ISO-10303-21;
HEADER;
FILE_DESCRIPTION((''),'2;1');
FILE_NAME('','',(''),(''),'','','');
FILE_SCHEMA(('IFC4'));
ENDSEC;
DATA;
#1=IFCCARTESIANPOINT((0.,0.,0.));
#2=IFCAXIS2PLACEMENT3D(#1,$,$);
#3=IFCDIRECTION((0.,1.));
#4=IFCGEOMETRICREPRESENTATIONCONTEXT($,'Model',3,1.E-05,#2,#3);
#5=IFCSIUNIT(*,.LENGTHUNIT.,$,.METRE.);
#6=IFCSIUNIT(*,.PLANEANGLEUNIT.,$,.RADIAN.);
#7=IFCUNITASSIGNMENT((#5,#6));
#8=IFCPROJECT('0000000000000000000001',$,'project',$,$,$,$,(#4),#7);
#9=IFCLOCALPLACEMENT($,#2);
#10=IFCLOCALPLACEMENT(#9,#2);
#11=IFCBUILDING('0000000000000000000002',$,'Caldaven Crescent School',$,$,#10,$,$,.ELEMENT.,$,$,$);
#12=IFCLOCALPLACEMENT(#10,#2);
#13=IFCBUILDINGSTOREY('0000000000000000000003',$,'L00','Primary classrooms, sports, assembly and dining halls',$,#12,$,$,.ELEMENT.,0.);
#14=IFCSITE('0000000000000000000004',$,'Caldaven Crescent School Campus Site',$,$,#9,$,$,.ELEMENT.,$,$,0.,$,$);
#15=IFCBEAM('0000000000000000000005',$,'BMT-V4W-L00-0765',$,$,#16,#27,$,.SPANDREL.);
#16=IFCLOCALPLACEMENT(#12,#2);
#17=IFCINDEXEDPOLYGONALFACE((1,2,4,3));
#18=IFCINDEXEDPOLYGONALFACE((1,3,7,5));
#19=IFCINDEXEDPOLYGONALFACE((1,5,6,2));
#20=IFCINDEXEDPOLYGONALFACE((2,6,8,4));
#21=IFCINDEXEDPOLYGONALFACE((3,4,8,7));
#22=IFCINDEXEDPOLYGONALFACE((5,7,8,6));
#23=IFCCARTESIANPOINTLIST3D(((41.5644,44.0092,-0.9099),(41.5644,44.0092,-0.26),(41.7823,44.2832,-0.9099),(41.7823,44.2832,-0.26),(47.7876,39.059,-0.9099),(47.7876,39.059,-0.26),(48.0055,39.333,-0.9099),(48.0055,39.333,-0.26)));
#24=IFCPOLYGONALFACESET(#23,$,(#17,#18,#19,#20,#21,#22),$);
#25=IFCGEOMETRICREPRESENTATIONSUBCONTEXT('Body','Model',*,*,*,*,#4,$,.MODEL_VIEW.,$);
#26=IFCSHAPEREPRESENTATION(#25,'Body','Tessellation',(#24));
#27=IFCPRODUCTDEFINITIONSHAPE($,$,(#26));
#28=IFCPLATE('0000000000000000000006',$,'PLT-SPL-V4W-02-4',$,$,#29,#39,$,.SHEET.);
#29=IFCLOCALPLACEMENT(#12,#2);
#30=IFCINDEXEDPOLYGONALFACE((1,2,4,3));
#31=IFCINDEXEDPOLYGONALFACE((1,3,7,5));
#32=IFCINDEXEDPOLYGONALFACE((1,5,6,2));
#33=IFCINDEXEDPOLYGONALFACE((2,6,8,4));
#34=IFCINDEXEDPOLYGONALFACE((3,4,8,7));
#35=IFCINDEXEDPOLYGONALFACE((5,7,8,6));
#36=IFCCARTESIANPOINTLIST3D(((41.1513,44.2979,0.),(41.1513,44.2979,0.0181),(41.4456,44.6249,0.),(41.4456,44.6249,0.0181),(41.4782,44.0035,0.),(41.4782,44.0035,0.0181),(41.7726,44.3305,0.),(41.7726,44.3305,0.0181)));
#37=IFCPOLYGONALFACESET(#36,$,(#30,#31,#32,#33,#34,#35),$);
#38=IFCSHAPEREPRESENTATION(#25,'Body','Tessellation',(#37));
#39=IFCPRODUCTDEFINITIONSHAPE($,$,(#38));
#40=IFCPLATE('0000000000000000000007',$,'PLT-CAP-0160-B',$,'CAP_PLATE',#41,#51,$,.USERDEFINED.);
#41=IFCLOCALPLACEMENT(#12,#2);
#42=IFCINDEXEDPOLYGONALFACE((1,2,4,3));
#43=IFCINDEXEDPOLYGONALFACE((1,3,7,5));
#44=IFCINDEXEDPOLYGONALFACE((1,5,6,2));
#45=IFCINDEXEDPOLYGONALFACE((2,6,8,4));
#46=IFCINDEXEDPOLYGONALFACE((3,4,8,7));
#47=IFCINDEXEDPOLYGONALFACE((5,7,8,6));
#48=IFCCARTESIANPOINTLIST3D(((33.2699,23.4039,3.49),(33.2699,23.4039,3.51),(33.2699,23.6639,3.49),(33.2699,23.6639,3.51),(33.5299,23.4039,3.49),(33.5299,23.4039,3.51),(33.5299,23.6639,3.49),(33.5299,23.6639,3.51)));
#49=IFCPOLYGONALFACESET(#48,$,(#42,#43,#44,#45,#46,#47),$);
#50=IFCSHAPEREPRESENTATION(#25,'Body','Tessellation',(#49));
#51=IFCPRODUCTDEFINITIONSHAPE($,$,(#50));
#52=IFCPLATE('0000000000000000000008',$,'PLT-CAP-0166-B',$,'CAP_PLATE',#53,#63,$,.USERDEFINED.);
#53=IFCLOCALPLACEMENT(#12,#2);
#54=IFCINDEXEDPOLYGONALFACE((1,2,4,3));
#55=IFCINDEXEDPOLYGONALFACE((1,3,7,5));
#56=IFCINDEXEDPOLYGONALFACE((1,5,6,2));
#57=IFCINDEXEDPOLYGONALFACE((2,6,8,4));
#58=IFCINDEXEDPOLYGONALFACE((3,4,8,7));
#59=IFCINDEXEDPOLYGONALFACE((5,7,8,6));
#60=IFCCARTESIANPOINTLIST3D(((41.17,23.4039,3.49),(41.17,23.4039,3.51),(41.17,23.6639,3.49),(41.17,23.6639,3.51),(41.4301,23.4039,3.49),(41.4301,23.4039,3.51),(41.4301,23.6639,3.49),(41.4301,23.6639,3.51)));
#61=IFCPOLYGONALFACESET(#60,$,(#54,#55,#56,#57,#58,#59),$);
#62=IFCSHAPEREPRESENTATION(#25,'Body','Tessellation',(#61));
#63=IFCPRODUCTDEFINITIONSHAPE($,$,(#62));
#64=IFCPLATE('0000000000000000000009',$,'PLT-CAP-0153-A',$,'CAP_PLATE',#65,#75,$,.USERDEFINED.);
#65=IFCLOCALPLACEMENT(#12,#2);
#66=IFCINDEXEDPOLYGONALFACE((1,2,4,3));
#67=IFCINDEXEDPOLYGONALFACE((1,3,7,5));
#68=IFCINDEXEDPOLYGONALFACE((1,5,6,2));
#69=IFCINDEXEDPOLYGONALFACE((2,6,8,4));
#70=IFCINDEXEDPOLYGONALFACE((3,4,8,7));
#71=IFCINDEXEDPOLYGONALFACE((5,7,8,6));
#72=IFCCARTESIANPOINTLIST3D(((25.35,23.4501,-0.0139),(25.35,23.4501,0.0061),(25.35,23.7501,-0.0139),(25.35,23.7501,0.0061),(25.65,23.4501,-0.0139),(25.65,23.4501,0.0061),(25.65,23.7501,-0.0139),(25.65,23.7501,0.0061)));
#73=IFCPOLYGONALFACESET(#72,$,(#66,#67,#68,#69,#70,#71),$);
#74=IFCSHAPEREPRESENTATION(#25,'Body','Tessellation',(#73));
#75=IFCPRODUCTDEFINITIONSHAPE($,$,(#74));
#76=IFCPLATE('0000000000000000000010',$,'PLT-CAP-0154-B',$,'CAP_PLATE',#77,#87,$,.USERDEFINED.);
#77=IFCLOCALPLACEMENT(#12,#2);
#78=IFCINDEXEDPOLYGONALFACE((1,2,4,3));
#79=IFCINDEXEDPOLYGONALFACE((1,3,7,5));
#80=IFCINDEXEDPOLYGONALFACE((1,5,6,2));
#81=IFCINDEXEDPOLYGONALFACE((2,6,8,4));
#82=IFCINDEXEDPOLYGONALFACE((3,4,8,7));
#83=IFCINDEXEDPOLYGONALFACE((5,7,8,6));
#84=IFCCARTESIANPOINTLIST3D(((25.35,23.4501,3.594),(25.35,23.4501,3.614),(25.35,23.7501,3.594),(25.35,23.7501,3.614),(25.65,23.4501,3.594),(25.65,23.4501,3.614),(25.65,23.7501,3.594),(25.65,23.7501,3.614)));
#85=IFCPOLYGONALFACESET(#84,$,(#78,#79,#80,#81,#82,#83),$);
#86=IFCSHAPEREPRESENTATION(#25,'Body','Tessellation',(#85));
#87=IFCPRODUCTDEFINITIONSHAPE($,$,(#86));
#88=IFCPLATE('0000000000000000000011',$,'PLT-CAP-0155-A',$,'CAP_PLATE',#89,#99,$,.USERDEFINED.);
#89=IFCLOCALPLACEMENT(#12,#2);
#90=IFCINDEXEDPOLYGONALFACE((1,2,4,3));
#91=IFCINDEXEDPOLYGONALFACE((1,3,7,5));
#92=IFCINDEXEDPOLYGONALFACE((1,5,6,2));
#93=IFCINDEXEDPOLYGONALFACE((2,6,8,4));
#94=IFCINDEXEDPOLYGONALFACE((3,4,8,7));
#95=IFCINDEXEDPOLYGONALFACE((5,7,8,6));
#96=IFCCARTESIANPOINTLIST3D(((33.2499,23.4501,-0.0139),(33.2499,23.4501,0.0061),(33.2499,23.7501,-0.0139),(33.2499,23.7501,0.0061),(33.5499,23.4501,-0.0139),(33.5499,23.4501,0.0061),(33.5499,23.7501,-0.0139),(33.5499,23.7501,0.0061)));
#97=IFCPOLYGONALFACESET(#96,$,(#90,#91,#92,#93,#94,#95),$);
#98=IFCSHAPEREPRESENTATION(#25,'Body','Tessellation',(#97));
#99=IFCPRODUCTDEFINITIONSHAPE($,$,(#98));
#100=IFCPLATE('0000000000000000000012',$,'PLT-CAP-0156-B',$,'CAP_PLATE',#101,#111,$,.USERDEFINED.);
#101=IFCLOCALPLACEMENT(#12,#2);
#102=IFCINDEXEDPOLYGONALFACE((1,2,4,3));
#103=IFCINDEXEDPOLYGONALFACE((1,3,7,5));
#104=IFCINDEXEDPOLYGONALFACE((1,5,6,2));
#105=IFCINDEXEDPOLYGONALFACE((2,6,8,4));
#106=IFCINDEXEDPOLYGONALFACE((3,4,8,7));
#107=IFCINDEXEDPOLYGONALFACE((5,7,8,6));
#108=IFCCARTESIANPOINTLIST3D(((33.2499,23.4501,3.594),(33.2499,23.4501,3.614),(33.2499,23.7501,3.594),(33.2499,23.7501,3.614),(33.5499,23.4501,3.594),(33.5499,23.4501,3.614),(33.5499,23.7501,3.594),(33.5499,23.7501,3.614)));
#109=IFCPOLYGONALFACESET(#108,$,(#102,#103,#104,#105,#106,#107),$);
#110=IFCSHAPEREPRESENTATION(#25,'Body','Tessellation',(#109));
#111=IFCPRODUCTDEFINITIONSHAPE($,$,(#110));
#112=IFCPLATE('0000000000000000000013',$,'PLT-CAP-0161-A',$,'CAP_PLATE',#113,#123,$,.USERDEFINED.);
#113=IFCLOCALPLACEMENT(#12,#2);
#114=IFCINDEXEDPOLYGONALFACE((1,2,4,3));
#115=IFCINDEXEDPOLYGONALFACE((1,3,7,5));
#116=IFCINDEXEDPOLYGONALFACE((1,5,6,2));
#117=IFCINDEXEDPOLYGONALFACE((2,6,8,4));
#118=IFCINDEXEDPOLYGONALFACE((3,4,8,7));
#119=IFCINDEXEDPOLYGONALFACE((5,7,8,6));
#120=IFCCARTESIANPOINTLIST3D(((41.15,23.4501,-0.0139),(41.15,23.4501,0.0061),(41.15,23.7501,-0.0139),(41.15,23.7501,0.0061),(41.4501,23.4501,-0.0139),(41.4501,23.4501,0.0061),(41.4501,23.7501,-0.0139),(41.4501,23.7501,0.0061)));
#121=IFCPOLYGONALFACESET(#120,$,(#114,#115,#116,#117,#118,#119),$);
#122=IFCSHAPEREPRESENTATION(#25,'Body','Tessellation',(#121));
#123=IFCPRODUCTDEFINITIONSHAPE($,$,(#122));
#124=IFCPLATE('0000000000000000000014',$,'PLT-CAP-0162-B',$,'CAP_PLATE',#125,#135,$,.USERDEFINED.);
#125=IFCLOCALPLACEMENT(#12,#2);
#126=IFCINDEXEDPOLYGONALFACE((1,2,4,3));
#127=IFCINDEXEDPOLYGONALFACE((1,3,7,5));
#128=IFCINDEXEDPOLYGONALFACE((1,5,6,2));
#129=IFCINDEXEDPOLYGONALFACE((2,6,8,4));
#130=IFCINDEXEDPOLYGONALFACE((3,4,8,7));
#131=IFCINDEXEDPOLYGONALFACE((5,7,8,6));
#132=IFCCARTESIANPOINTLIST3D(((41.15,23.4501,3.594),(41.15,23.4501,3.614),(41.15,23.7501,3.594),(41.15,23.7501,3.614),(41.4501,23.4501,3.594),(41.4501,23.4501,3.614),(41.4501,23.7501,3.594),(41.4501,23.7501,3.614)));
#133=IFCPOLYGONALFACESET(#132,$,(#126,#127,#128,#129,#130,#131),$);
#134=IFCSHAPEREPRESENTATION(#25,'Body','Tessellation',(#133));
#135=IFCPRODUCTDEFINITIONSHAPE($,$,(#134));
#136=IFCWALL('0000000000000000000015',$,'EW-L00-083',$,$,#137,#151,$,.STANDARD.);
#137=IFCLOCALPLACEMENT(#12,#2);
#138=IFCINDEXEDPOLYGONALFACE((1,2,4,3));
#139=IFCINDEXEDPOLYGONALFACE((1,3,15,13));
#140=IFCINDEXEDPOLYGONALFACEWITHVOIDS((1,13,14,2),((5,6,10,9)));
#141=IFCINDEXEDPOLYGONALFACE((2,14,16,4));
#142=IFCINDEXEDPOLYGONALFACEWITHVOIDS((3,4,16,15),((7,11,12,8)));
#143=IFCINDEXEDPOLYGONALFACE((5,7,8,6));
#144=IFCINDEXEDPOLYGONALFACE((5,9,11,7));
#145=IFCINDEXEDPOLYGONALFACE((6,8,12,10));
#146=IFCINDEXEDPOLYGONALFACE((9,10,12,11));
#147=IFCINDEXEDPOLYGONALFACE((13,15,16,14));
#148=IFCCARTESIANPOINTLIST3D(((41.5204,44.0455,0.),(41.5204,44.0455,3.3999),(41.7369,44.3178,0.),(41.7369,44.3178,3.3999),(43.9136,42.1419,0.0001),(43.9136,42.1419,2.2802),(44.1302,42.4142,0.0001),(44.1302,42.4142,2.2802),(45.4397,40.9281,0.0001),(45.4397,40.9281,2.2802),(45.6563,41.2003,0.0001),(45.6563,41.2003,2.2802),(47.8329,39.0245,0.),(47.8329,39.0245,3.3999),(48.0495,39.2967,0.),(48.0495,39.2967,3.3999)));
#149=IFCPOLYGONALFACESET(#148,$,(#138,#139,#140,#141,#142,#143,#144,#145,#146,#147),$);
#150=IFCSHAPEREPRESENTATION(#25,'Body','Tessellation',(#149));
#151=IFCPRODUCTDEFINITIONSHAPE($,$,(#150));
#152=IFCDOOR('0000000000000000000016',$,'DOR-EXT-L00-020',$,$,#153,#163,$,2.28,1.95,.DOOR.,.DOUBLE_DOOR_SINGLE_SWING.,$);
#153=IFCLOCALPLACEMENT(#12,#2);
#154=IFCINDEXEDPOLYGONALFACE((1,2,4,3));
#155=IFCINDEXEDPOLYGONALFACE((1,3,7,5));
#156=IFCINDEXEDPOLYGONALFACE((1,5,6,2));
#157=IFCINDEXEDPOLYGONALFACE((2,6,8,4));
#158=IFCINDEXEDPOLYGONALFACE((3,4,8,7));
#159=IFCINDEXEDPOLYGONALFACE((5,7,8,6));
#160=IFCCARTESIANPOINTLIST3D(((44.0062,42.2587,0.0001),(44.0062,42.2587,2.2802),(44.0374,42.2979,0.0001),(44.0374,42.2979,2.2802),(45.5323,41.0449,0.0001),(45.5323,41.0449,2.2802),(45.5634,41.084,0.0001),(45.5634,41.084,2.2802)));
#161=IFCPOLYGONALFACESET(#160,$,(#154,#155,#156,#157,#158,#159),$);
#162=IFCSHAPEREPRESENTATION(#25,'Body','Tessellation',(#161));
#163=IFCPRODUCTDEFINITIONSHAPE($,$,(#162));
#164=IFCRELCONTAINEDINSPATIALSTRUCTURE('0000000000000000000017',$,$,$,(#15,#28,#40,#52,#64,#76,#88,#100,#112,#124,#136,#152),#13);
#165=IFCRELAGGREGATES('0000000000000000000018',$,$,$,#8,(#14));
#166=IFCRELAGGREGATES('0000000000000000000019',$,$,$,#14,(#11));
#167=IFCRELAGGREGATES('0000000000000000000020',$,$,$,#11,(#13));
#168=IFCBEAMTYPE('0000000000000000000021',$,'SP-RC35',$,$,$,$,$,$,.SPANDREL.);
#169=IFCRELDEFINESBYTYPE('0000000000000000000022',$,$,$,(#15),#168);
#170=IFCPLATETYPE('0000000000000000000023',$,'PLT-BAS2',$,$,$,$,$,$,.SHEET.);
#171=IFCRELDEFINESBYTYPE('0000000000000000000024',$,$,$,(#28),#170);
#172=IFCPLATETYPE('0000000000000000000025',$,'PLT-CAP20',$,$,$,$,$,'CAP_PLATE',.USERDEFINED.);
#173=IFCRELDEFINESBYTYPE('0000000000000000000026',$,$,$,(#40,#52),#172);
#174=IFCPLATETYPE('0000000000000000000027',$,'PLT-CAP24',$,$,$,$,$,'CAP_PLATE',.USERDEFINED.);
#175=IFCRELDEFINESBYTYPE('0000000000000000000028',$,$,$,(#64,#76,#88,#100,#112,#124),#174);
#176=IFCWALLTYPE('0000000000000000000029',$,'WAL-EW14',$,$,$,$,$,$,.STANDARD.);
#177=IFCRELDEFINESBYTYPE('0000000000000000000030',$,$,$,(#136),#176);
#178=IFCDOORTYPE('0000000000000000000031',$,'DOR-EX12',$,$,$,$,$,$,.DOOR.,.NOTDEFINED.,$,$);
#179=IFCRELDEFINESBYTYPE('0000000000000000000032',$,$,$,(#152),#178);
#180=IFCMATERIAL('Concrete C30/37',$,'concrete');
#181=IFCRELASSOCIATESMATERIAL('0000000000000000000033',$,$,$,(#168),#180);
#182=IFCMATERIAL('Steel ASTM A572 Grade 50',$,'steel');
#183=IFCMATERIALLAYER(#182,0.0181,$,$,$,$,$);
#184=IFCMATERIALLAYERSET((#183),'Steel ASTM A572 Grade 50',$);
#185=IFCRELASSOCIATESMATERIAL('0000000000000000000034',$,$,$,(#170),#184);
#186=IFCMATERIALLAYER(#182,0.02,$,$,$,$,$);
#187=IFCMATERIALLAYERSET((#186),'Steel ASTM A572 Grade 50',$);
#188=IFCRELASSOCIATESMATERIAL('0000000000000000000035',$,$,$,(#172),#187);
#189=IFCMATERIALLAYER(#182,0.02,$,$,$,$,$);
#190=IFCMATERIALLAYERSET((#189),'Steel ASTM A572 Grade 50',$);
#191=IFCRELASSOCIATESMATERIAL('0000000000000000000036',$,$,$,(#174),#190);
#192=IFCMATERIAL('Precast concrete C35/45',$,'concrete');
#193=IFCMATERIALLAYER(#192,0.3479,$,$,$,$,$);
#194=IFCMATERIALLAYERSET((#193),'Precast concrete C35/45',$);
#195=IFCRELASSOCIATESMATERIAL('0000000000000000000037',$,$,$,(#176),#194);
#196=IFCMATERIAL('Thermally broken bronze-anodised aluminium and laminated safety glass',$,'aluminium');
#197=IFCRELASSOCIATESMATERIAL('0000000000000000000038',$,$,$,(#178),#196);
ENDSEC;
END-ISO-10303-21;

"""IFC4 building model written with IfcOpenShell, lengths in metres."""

from ifc_helpers import new_model, si_unit, direction, frame, frame_2d, origin, origin_2d, place, context, subcontext, project, spatial, rectangle, extrude, material, layer, layer_set, material_profile, profile_set, type_object, element, fill, save


model = new_model("IFC4")

# Units and contexts
model_context = context("Model", 3, precision=1e-05, world=origin(), true_north=direction((0.0, 1.0)))
body_context = subcontext(model_context, "Body", "Model", "MODEL_VIEW")
ifc_project = project(units=[si_unit("LENGTHUNIT", "METRE"), si_unit("PLANEANGLEUNIT", "RADIAN")], contexts=[model_context])

# Site, building, storey
site_placement = place(None, origin())
site = spatial("IfcSite", under=ifc_project, at=site_placement, Name="Caldaven Crescent School Campus Site", CompositionType="ELEMENT", RefElevation=0.0)
building_placement = place(site_placement, origin())
building = spatial("IfcBuilding", under=site, at=building_placement, Name="Caldaven Crescent School", CompositionType="ELEMENT")
storey_placement = place(building_placement, origin())
storey = spatial("IfcBuildingStorey", under=building, at=storey_placement, Name="L00", Description="Primary classrooms, sports, assembly and dining halls", CompositionType="ELEMENT", Elevation=0.0)

# Shared definitions
ifc_material_1 = material(Name="Steel ASTM A572 Grade 50", Category="steel")

# Beam
ifc_material_2 = material(Name="Concrete C30/37", Category="concrete")
ifc_material_profile_1 = material_profile(ifc_material_2, rectangle(XDim=0.3501, YDim=0.6499, at=origin_2d()), Name="RC 350x650")
ifc_profile_set_1 = profile_set([ifc_material_profile_1], Name="Concrete C30/37")
beam_type_1 = type_object("IfcBeamType", Name="SP-RC35", PredefinedType="SPANDREL", material=ifc_profile_set_1)
beam_1_placement = place(storey_placement, frame((41.6733, 44.1462, -0.585), z_axis=(0.782603, -0.622521, 0.0), x_axis=(0.622521, 0.782603, 0.0)))
element("IfcBeam", 1, at=beam_1_placement, inside=storey, type_object=beam_type_1, Name="BMT-V4W-L00-0765", PredefinedType="SPANDREL", context=body_context, shape_type="SweptSolid", body=[
    extrude(rectangle(XDim=0.3501, YDim=0.6499, at=origin_2d()), origin(), (0.0, 0.0, 1.0), 7.9519),
])

# Plates
ifc_layer_1 = layer(ifc_material_1, 0.0181)
ifc_layer_set_1 = layer_set([ifc_layer_1], Name="Steel ASTM A572 Grade 50")
plate_type_1 = type_object("IfcPlateType", Name="PLT-BAS2", PredefinedType="SHEET", material=ifc_layer_set_1)
plate_placement = place(storey_placement, frame((41.4619, 44.3142, 0.0), z_axis=(0.0, 0.0, 1.0), x_axis=(-0.669131, -0.743145, 0.0)))
element("IfcPlate", 2, at=plate_placement, inside=storey, type_object=plate_type_1, Name="PLT-SPL-V4W-02-4", PredefinedType="SHEET", context=body_context, shape_type="SweptSolid", body=[
    extrude(rectangle(XDim=0.4399, YDim=0.4399, at=origin_2d()), origin(), (0.0, 0.0, 1.0), 0.0181),
])
ifc_layer_2 = layer(ifc_material_1, 0.02)
ifc_layer_set_2 = layer_set([ifc_layer_2], Name="Steel ASTM A572 Grade 50")
plate_type_2 = type_object("IfcPlateType", Name="PLT-CAP20", ElementType="CAP_PLATE", PredefinedType="USERDEFINED", material=ifc_layer_set_2)
for number, where, z_axis, x_axis, name in (
    (3, (33.3999, 23.5339, 3.49), (0.0, 0.0, 1.0), (0.0, 1.0, 0.0), "PLT-CAP-0160-B"),
    (4, (41.3, 23.5339, 3.49), (0.0, 0.0, 1.0), (0.0, 1.0, 0.0), "PLT-CAP-0166-B"),
):
    element("IfcPlate", number, at=place(storey_placement, frame(where, z_axis=z_axis, x_axis=x_axis)), inside=storey, type_object=plate_type_2, Name=name, ObjectType="CAP_PLATE", PredefinedType="USERDEFINED", context=body_context, shape_type="SweptSolid", body=[
        extrude(rectangle(XDim=0.26, YDim=0.26, at=origin_2d()), origin(), (0.0, 0.0, 1.0), 0.02),
    ])
ifc_layer_3 = layer(ifc_material_1, 0.02)
ifc_layer_set_3 = layer_set([ifc_layer_3], Name="Steel ASTM A572 Grade 50")
plate_type_3 = type_object("IfcPlateType", Name="PLT-CAP24", ElementType="CAP_PLATE", PredefinedType="USERDEFINED", material=ifc_layer_set_3)
for number, where, z_axis, x_axis, name in (
    (5, (25.5, 23.6001, -0.0139), (0.0, 0.0, 1.0), (1.0, 0.0, 0.0), "PLT-CAP-0153-A"),
    (6, (25.5, 23.6001, 3.594), (0.0, 0.0, 1.0), (1.0, 0.0, 0.0), "PLT-CAP-0154-B"),
    (7, (33.3999, 23.6001, -0.0139), (0.0, 0.0, 1.0), (1.0, 0.0, 0.0), "PLT-CAP-0155-A"),
    (8, (33.3999, 23.6001, 3.594), (0.0, 0.0, 1.0), (1.0, 0.0, 0.0), "PLT-CAP-0156-B"),
    (9, (41.3, 23.6001, -0.0139), (0.0, 0.0, 1.0), (1.0, 0.0, 0.0), "PLT-CAP-0161-A"),
    (10, (41.3, 23.6001, 3.594), (0.0, 0.0, 1.0), (1.0, 0.0, 0.0), "PLT-CAP-0162-B"),
):
    element("IfcPlate", number, at=place(storey_placement, frame(where, z_axis=z_axis, x_axis=x_axis)), inside=storey, type_object=plate_type_3, Name=name, ObjectType="CAP_PLATE", PredefinedType="USERDEFINED", context=body_context, shape_type="SweptSolid", body=[
        extrude(rectangle(XDim=0.3, YDim=0.3, at=origin_2d()), origin(), (0.0, 0.0, 1.0), 0.02),
    ])

# Wall, opening, door
ifc_material_3 = material(Name="Precast concrete C35/45", Category="concrete")
ifc_layer_4 = layer(ifc_material_3, 0.3479)
ifc_layer_set_4 = layer_set([ifc_layer_4], Name="Precast concrete C35/45")
wall_type = type_object("IfcWallType", Name="WAL-EW14", PredefinedType="STANDARD", material=ifc_layer_set_4)
wall_placement = place(storey_placement, frame((41.6287, 44.1816, 0.0), z_axis=(0.0, 0.0, 1.0), x_axis=(0.78262, -0.6225, 0.0)))
wall = element("IfcWall", 11, at=wall_placement, inside=storey, type_object=wall_type, Name="EW-L00-083", PredefinedType="STANDARD", context=body_context, shape_type="SweptSolid", body=[
    extrude(rectangle(XDim=8.0659, YDim=0.3479, at=frame_2d((4.033, 0.0))), origin(), (0.0, 0.0, 1.0), 3.3999),
])
opening_placement = place(wall_placement, frame((3.0579, 0.0, 0.0)))
opening = element("IfcOpeningElement", 12, at=opening_placement, cuts=wall, PredefinedType="OPENING", context=body_context, shape_type="SweptSolid", body=[
    extrude(rectangle(XDim=1.95, YDim=2.28, at=frame_2d((0.9751, 1.1401))), frame((0.0, 0.1838, 0.0), z_axis=(0.0, -1.0, 0.0), x_axis=(1.0, 0.0, 0.0)), (0.0, 0.0, 1.0), 0.3679),
])
ifc_material_4 = material(Name="Thermally broken bronze-anodised aluminium and laminated safety glass", Category="aluminium")
door_type = type_object("IfcDoorType", Name="DOR-EX12", OperationType="NOTDEFINED", PredefinedType="DOOR", material=ifc_material_4)
door_placement = place(opening_placement, frame((1.95, 0.0, 0.0), z_axis=(0.0, 0.0, 1.0), x_axis=(-1.0, 0.0, 0.0)))
door = element("IfcDoor", 13, at=door_placement, inside=storey, type_object=door_type, Name="DOR-EXT-L00-020", OperationType="DOUBLE_DOOR_SINGLE_SWING", OverallHeight=2.28, OverallWidth=1.95, PredefinedType="DOOR", context=body_context, shape_type="SweptSolid", body=[
    extrude(rectangle(XDim=1.95, YDim=2.28, at=frame_2d((0.9751, 1.1401))), frame((0.0, 0.0249, 0.0), z_axis=(0.0, -1.0, 0.0), x_axis=(1.0, 0.0, 0.0)), (0.0, 0.0, 1.0), 0.05),
])
fill(opening, door)

save(model, "model.ifc")
